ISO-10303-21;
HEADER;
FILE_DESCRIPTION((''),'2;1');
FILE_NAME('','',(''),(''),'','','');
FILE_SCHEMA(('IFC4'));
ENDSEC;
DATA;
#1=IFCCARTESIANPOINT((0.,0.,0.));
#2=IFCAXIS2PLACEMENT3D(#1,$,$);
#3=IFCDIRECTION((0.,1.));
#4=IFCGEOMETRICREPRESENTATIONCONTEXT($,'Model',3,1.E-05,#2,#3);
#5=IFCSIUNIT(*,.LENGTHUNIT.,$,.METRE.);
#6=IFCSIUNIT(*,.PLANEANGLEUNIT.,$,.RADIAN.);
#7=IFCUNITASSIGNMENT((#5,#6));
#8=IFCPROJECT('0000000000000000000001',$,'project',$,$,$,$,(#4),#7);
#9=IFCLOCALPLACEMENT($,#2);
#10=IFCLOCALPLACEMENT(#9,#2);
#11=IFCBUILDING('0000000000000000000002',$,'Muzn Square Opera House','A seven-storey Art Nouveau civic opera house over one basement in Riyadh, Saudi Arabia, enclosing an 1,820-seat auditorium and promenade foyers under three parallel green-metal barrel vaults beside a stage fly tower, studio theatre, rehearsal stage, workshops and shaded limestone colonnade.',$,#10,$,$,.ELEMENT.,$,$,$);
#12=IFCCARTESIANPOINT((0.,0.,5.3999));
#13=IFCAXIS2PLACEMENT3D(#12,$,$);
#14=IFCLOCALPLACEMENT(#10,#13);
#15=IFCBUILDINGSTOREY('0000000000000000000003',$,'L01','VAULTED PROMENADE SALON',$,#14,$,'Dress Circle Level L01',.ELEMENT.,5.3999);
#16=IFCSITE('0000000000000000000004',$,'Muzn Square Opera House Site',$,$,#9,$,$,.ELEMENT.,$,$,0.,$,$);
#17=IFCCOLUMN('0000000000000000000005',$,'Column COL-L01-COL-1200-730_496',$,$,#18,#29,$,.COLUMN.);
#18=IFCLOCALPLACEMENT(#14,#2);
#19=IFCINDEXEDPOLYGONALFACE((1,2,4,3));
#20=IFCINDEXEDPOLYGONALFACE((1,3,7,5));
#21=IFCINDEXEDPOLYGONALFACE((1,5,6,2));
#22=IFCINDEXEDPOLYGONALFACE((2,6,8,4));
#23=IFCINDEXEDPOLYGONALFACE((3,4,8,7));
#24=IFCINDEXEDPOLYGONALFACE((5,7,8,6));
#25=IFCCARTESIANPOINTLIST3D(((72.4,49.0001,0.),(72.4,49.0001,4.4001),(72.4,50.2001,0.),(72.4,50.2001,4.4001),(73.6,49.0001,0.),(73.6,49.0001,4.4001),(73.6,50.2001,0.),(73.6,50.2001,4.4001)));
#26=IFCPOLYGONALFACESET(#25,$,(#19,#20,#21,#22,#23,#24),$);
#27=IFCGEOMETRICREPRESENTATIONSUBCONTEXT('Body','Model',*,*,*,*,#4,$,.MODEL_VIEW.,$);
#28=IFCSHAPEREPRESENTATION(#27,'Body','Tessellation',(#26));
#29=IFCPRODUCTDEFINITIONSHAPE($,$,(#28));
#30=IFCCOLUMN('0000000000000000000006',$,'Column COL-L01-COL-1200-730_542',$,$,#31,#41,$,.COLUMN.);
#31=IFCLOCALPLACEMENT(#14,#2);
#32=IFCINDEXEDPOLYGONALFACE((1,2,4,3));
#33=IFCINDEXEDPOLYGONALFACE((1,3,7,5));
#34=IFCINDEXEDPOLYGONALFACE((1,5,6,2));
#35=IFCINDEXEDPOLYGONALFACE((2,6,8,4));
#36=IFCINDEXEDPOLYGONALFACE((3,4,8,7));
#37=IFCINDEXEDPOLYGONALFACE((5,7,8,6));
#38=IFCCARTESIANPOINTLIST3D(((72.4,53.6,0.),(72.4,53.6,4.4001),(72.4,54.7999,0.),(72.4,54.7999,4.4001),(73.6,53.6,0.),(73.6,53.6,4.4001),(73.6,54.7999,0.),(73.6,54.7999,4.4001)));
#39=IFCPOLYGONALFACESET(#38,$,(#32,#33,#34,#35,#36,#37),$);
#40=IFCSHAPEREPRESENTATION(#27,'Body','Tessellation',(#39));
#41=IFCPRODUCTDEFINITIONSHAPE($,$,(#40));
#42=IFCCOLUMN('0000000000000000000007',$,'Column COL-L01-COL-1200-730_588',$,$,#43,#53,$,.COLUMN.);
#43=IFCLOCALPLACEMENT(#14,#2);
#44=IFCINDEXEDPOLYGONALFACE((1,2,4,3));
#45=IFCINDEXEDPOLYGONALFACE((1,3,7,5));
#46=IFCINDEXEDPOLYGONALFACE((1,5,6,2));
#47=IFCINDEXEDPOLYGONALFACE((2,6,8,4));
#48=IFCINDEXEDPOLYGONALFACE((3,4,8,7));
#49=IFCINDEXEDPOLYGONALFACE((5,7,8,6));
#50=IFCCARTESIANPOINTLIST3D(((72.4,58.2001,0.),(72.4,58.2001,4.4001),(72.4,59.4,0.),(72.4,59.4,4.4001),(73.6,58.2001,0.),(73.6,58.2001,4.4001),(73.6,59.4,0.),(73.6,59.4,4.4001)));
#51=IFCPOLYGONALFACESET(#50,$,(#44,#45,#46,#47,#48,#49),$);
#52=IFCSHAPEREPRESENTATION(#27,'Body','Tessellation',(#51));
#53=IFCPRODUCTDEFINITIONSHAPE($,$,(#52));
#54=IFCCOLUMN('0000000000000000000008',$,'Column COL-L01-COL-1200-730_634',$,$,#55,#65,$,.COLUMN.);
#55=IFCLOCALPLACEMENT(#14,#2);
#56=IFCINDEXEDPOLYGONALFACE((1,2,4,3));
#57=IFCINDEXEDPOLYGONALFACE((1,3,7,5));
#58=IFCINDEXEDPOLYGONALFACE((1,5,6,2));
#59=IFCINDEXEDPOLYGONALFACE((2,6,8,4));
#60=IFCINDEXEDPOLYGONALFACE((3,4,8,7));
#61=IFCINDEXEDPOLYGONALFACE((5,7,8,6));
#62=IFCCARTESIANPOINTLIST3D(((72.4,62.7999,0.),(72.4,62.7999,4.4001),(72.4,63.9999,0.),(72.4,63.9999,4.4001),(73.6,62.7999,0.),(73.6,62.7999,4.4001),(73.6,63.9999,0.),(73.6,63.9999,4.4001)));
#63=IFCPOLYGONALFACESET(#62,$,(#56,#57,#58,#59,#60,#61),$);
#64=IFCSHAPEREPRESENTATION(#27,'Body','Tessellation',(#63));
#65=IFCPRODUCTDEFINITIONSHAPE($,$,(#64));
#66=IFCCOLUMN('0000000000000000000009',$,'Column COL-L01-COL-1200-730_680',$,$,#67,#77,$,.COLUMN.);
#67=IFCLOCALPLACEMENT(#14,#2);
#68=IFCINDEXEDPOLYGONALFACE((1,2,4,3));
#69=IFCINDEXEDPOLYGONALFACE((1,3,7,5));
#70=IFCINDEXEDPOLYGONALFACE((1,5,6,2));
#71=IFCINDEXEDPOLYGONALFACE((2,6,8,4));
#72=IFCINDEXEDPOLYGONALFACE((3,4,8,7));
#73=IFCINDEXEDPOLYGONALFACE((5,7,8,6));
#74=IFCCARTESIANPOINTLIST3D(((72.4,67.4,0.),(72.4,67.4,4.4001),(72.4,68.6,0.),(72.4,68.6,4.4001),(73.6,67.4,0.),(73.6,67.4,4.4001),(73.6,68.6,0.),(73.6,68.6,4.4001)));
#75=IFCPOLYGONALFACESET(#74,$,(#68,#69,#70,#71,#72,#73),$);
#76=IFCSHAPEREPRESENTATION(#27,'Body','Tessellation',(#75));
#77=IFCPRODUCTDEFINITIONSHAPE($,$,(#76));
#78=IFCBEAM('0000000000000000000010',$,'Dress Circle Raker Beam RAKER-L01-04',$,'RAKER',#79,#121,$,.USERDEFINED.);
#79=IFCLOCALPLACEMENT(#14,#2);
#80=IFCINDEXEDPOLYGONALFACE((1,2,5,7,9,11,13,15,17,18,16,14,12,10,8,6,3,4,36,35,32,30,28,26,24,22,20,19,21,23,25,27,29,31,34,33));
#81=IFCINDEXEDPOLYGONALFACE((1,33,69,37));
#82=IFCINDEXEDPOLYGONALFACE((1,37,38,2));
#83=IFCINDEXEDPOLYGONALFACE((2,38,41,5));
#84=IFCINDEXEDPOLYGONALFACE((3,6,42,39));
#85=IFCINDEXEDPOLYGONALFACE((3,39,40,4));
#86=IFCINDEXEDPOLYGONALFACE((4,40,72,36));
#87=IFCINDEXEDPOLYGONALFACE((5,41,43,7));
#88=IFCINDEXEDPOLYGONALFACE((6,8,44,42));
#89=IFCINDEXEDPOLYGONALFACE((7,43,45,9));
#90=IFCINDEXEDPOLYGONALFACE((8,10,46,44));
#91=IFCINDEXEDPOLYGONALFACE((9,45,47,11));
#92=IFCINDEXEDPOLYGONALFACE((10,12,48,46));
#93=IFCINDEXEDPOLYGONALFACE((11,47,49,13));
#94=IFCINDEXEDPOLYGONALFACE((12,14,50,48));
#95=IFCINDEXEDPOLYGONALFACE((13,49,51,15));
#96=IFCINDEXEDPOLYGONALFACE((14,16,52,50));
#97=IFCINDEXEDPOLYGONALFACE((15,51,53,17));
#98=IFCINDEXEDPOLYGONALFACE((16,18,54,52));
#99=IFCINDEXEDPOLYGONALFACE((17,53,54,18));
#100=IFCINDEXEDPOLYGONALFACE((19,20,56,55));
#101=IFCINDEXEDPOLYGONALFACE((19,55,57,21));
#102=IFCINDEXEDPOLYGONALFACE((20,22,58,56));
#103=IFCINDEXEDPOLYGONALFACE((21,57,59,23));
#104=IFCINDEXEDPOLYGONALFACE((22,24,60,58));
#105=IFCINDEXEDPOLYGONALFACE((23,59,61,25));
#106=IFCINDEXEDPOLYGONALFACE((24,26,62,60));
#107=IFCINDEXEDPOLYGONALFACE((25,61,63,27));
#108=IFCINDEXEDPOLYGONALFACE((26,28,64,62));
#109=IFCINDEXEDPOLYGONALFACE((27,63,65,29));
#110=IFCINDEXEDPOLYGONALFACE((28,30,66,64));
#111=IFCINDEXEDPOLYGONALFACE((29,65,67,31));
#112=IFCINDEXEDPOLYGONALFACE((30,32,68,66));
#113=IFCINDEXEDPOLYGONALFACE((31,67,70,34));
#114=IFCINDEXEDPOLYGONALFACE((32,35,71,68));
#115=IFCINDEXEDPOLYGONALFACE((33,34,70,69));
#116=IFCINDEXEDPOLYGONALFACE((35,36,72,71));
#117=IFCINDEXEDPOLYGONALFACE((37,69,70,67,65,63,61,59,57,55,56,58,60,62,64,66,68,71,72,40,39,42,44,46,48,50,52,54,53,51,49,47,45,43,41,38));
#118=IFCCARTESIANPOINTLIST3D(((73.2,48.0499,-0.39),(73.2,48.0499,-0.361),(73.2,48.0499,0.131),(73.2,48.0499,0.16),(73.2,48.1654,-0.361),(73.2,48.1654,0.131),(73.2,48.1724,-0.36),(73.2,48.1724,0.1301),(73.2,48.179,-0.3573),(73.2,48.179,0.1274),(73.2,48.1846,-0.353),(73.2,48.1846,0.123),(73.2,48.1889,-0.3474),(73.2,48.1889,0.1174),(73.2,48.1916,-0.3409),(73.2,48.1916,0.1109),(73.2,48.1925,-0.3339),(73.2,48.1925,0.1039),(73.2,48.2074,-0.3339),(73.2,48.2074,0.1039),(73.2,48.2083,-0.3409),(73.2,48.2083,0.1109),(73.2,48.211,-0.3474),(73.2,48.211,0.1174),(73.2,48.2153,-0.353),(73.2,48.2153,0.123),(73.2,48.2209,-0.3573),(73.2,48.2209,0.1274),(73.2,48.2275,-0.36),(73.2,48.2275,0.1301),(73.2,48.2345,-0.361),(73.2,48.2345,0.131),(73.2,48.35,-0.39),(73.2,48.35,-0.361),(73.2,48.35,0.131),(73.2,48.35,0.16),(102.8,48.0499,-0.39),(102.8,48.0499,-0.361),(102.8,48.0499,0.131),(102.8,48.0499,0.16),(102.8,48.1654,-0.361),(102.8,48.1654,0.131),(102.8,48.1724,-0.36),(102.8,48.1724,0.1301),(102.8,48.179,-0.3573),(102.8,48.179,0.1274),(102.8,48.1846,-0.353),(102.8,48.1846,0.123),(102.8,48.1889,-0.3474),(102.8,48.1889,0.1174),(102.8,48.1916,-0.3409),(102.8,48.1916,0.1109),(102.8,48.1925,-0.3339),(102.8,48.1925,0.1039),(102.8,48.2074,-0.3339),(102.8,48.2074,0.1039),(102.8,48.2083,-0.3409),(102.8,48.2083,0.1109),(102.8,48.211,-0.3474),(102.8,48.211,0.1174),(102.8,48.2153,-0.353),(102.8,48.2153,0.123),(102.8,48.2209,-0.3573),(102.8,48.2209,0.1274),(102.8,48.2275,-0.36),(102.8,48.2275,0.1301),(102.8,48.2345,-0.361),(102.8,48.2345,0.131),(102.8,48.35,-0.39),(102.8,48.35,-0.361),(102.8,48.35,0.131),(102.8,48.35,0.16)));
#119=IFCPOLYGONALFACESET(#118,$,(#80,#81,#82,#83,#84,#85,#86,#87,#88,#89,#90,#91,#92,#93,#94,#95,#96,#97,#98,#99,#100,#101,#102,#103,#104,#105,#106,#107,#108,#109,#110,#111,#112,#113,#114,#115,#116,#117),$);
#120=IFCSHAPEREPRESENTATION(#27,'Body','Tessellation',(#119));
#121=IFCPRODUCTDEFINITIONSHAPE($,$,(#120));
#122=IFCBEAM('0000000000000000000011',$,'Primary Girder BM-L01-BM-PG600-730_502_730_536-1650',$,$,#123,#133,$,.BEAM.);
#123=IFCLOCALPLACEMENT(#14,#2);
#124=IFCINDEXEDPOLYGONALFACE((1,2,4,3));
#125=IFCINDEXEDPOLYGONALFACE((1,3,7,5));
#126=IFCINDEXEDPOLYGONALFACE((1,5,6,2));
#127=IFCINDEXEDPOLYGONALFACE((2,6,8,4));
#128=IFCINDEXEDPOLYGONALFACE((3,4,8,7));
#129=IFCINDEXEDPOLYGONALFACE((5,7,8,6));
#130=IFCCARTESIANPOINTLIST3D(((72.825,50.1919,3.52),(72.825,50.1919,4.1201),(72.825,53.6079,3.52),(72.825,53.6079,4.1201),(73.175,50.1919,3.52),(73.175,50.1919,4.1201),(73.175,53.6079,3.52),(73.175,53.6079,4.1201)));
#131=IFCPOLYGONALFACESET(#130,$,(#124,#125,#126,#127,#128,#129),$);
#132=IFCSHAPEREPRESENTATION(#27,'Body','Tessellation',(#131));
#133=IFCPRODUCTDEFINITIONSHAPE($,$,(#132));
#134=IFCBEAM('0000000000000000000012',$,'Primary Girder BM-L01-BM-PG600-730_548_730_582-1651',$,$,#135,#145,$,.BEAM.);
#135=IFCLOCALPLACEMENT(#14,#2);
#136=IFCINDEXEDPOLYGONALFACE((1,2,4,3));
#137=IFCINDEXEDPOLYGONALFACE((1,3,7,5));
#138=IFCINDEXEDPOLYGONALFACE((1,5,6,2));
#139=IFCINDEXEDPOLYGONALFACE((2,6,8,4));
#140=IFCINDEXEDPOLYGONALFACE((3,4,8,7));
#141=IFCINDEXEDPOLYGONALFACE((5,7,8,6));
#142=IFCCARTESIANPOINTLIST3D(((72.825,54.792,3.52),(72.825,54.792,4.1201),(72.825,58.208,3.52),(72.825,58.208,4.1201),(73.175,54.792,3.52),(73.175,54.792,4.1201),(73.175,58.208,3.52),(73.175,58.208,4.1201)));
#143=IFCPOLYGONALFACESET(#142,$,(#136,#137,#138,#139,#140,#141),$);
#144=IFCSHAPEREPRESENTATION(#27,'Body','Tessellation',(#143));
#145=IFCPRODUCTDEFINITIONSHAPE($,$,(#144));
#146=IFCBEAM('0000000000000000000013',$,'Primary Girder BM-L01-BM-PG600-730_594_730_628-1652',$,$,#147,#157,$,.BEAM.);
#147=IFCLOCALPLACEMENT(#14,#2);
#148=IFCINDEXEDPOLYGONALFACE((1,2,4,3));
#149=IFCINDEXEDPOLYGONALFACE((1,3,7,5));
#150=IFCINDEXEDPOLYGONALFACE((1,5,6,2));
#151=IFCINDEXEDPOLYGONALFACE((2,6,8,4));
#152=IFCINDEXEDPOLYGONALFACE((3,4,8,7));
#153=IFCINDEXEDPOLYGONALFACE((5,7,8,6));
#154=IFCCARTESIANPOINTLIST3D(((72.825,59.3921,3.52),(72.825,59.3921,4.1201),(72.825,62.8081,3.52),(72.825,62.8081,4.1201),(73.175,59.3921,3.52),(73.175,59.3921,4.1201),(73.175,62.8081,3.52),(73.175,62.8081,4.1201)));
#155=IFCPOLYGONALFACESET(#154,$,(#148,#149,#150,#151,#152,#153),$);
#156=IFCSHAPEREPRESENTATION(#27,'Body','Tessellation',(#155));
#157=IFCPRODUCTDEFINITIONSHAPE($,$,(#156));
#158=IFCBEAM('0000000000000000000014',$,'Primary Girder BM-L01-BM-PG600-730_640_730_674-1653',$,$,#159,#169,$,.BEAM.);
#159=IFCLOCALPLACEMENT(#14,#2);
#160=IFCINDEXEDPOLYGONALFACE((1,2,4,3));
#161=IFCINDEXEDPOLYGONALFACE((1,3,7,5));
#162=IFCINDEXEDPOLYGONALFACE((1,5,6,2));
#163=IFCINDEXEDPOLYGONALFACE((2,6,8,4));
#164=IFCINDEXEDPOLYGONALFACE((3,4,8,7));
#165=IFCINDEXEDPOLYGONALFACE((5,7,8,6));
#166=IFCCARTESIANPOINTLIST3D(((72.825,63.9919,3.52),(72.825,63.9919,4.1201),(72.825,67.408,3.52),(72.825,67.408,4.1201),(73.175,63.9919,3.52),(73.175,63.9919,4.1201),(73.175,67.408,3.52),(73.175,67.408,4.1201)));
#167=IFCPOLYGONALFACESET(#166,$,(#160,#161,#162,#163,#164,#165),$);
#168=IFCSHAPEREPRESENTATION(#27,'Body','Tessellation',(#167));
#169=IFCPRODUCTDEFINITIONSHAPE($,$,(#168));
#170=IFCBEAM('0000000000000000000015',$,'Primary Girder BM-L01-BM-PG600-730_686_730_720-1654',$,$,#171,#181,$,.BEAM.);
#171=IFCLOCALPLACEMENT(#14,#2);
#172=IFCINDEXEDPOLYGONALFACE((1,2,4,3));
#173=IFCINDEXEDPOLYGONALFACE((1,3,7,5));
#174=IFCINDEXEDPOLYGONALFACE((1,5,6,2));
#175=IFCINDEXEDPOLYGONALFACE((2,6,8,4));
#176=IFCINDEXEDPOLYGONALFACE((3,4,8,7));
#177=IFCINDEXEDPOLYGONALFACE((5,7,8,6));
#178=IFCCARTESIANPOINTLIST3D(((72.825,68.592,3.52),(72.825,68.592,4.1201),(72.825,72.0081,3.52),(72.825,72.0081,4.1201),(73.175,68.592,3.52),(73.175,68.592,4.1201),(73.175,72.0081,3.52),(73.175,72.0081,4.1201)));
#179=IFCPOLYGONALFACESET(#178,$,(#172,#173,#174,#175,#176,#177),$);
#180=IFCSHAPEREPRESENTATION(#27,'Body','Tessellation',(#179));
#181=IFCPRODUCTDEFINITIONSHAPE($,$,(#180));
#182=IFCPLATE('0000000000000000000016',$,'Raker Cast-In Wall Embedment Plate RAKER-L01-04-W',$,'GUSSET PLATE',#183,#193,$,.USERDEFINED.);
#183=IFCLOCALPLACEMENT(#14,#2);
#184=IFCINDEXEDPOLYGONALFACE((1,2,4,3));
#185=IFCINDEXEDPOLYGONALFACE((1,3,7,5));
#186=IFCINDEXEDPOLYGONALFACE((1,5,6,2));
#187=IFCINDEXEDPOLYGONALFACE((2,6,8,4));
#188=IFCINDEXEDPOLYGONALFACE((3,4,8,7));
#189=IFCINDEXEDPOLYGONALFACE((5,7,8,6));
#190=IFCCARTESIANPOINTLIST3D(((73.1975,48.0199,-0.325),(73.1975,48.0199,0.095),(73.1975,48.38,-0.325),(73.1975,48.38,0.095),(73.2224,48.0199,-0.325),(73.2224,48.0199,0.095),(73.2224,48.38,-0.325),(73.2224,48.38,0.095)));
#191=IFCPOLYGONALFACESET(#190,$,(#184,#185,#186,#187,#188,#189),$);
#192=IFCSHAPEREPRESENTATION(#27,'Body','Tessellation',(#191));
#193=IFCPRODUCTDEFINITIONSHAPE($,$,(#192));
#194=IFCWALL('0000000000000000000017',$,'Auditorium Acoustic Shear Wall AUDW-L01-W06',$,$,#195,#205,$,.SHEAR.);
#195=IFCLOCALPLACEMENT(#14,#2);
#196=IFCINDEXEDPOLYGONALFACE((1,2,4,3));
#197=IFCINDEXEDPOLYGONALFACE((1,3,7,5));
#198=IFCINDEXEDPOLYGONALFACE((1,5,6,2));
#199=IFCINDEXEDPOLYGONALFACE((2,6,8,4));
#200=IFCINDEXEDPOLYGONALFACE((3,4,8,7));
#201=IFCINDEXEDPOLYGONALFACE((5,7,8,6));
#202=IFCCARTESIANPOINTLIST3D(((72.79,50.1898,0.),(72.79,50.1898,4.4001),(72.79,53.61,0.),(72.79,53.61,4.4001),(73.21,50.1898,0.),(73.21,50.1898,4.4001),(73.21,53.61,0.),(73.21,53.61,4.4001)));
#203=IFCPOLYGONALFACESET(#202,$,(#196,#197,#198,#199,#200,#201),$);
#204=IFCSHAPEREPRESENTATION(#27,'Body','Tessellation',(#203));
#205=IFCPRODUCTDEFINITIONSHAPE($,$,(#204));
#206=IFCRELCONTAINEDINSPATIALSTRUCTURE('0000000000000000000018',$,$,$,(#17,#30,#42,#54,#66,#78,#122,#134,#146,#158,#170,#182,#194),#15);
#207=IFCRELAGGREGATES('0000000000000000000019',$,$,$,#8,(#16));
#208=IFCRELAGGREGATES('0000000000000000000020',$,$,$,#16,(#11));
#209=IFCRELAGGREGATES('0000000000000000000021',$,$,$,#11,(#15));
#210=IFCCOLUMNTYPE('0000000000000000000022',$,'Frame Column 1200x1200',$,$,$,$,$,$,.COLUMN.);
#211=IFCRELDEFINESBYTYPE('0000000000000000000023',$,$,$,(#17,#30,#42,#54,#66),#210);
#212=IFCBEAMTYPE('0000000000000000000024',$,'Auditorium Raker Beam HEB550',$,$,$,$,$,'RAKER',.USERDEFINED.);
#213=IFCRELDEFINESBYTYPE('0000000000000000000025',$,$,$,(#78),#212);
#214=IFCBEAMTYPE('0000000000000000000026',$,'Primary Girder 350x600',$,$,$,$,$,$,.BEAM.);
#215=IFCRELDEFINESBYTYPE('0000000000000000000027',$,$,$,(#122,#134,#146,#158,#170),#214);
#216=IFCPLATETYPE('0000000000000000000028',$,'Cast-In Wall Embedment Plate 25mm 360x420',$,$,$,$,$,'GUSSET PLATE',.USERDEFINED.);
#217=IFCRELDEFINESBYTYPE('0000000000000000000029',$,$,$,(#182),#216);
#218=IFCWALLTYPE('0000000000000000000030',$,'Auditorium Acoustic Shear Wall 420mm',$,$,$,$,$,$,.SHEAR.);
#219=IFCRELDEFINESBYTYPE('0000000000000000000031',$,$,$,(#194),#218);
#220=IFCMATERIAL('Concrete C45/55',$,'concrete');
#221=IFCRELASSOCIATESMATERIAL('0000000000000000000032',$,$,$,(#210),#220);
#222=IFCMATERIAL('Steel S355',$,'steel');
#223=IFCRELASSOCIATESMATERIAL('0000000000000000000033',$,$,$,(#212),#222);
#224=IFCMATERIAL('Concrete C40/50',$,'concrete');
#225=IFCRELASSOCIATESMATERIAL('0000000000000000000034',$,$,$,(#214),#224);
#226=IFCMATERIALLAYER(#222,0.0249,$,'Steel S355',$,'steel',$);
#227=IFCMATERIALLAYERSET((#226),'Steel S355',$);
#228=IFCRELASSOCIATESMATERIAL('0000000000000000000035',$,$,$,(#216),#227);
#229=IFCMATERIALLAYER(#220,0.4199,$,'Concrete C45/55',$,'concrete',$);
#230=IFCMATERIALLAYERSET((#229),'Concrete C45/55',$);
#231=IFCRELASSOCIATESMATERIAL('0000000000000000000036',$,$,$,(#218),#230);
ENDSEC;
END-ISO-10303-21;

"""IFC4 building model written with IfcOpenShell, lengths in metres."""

from ifc_helpers import new_model, si_unit, direction, frame, frame_2d, origin, origin_2d, place, context, subcontext, project, spatial, rectangle, i_section, extrude, material, layer, layer_set, material_profile, profile_set, type_object, element, save


model = new_model("IFC4")

# Units and contexts
model_context = context("Model", 3, precision=1e-05, world=origin(), true_north=direction((0.0, 1.0)))
body_context = subcontext(model_context, "Body", "Model", "MODEL_VIEW")
ifc_project = project(units=[si_unit("LENGTHUNIT", "METRE"), si_unit("PLANEANGLEUNIT", "RADIAN")], contexts=[model_context])

# Site, building, storey
site_placement = place(None, origin())
site = spatial("IfcSite", under=ifc_project, at=site_placement, Name="Muzn Square Opera House Site", CompositionType="ELEMENT", RefElevation=0.0)
building_placement = place(site_placement, origin())
building = spatial("IfcBuilding", under=site, at=building_placement, Name="Muzn Square Opera House", Description="A seven-storey Art Nouveau civic opera house over one basement in Riyadh, Saudi Arabia, enclosing an 1,820-seat auditorium and promenade foyers under three parallel green-metal barrel vaults beside a stage fly tower, studio theatre, rehearsal stage, workshops and shaded limestone colonnade.", CompositionType="ELEMENT")
storey_placement = place(building_placement, frame((0.0, 0.0, 5.3999)))
storey = spatial("IfcBuildingStorey", under=building, at=storey_placement, Name="L01", Description="VAULTED PROMENADE SALON", LongName="Dress Circle Level L01", CompositionType="ELEMENT", Elevation=5.3999)

# Columns
ifc_material_1 = material(Name="Concrete C45/55", Category="concrete")
ifc_material_profile_1 = material_profile(ifc_material_1, rectangle(XDim=1.2, YDim=1.2, at=origin_2d()), Name="RC 1200x1200", Category="concrete")
ifc_profile_set_1 = profile_set([ifc_material_profile_1], Name="Concrete C45/55")
column_type = type_object("IfcColumnType", Name="Frame Column 1200x1200", PredefinedType="COLUMN", material=ifc_profile_set_1)
for number, where, z_axis, x_axis, name in (
    (1, (73.0, 49.6001, 0.0), (0.0, 0.0, 1.0), (1.0, 0.0, 0.0), "Column COL-L01-COL-1200-730_496"),
    (2, (73.0, 54.2, 0.0), (0.0, 0.0, 1.0), (1.0, 0.0, 0.0), "Column COL-L01-COL-1200-730_542"),
    (3, (73.0, 58.8, 0.0), (0.0, 0.0, 1.0), (1.0, 0.0, 0.0), "Column COL-L01-COL-1200-730_588"),
    (4, (73.0, 63.3999, 0.0), (0.0, 0.0, 1.0), (1.0, 0.0, 0.0), "Column COL-L01-COL-1200-730_634"),
    (5, (73.0, 68.0, 0.0), (0.0, 0.0, 1.0), (1.0, 0.0, 0.0), "Column COL-L01-COL-1200-730_680"),
):
    element("IfcColumn", number, at=place(storey_placement, frame(where, z_axis=z_axis, x_axis=x_axis)), inside=storey, type_object=column_type, Name=name, PredefinedType="COLUMN", context=body_context, shape_type="SweptSolid", body=[
        extrude(rectangle(XDim=1.2, YDim=1.2, at=origin_2d()), origin(), (0.0, 0.0, 1.0), 4.4001),
    ])

# Beams
ifc_material_2 = material(Name="Steel S355", Category="steel")
ifc_material_profile_2 = material_profile(ifc_material_2, i_section(OverallWidth=0.3, OverallDepth=0.55, WebThickness=0.0149, FlangeThickness=0.0291, FilletRadius=0.0271, at=origin_2d()), Name="HEB 550", Category="steel")
ifc_profile_set_2 = profile_set([ifc_material_profile_2], Name="Steel S355")
beam_type_1 = type_object("IfcBeamType", Name="Auditorium Raker Beam HEB550", ElementType="RAKER", PredefinedType="USERDEFINED", material=ifc_profile_set_2)
beam_placement = place(storey_placement, frame((73.2, 48.2, -0.115), z_axis=(1.0, 0.0, 0.0), x_axis=(0.0, 1.0, 0.0)))
element("IfcBeam", 6, at=beam_placement, inside=storey, type_object=beam_type_1, Name="Dress Circle Raker Beam RAKER-L01-04", ObjectType="RAKER", PredefinedType="USERDEFINED", context=body_context, shape_type="SweptSolid", body=[
    extrude(i_section(OverallWidth=0.3, OverallDepth=0.55, WebThickness=0.0149, FlangeThickness=0.0291, FilletRadius=0.0271, at=origin_2d()), origin(), (0.0, 0.0, 1.0), 29.6001),
])
ifc_material_3 = material(Name="Concrete C40/50", Category="concrete")
ifc_material_profile_3 = material_profile(ifc_material_3, rectangle(XDim=0.3501, YDim=0.6001, at=origin_2d()), Name="RCB 350x600", Category="concrete")
ifc_profile_set_3 = profile_set([ifc_material_profile_3], Name="Concrete C40/50")
beam_type_2 = type_object("IfcBeamType", Name="Primary Girder 350x600", PredefinedType="BEAM", material=ifc_profile_set_3)
for number, where, z_axis, x_axis, name in (
    (7, (73.0, 50.1919, 3.8201), (0.0, 1.0, 0.0), (-1.0, 0.0, 0.0), "Primary Girder BM-L01-BM-PG600-730_502_730_536-1650"),
    (8, (73.0, 54.792, 3.8201), (0.0, 1.0, 0.0), (-1.0, 0.0, 0.0), "Primary Girder BM-L01-BM-PG600-730_548_730_582-1651"),
    (9, (73.0, 59.3921, 3.8201), (0.0, 1.0, 0.0), (-1.0, 0.0, 0.0), "Primary Girder BM-L01-BM-PG600-730_594_730_628-1652"),
    (10, (73.0, 63.9919, 3.8201), (0.0, 1.0, 0.0), (-1.0, 0.0, 0.0), "Primary Girder BM-L01-BM-PG600-730_640_730_674-1653"),
    (11, (73.0, 68.592, 3.8201), (0.0, 1.0, 0.0), (-1.0, 0.0, 0.0), "Primary Girder BM-L01-BM-PG600-730_686_730_720-1654"),
):
    element("IfcBeam", number, at=place(storey_placement, frame(where, z_axis=z_axis, x_axis=x_axis)), inside=storey, type_object=beam_type_2, Name=name, PredefinedType="BEAM", context=body_context, shape_type="SweptSolid", body=[
        extrude(rectangle(XDim=0.3501, YDim=0.6001, at=origin_2d()), origin(), (0.0, 0.0, 1.0), 3.416),
    ])

# Plate
ifc_layer_1 = layer(ifc_material_2, 0.0249, Name="Steel S355", Category="steel")
ifc_layer_set_1 = layer_set([ifc_layer_1], Name="Steel S355")
plate_type = type_object("IfcPlateType", Name="Cast-In Wall Embedment Plate 25mm 360x420", ElementType="GUSSET PLATE", PredefinedType="USERDEFINED", material=ifc_layer_set_1)
plate_placement = place(storey_placement, frame((73.21, 48.2, -0.325), z_axis=(0.0, 0.0, 1.0), x_axis=(1.0, 0.0, 0.0)))
element("IfcPlate", 12, at=plate_placement, inside=storey, type_object=plate_type, Name="Raker Cast-In Wall Embedment Plate RAKER-L01-04-W", ObjectType="GUSSET PLATE", PredefinedType="USERDEFINED", context=body_context, shape_type="SweptSolid", body=[
    extrude(rectangle(XDim=0.0249, YDim=0.3601, at=origin_2d()), origin(), (0.0, 0.0, 1.0), 0.4199),
])

# Wall
ifc_layer_2 = layer(ifc_material_1, 0.4199, Name="Concrete C45/55", Category="concrete")
ifc_layer_set_2 = layer_set([ifc_layer_2], Name="Concrete C45/55")
wall_type = type_object("IfcWallType", Name="Auditorium Acoustic Shear Wall 420mm", PredefinedType="SHEAR", material=ifc_layer_set_2)
wall_1_placement = place(storey_placement, frame((73.0, 50.1899, 0.0), z_axis=(0.0, 0.0, 1.0), x_axis=(0.0, 1.0, 0.0)))
element("IfcWall", 13, at=wall_1_placement, inside=storey, type_object=wall_type, Name="Auditorium Acoustic Shear Wall AUDW-L01-W06", PredefinedType="SHEAR", context=body_context, shape_type="SweptSolid", body=[
    extrude(rectangle(XDim=3.4202, YDim=0.4199, at=frame_2d((1.71, 0.0))), origin(), (0.0, 0.0, 1.0), 4.4001),
])

save(model, "model.ifc")
